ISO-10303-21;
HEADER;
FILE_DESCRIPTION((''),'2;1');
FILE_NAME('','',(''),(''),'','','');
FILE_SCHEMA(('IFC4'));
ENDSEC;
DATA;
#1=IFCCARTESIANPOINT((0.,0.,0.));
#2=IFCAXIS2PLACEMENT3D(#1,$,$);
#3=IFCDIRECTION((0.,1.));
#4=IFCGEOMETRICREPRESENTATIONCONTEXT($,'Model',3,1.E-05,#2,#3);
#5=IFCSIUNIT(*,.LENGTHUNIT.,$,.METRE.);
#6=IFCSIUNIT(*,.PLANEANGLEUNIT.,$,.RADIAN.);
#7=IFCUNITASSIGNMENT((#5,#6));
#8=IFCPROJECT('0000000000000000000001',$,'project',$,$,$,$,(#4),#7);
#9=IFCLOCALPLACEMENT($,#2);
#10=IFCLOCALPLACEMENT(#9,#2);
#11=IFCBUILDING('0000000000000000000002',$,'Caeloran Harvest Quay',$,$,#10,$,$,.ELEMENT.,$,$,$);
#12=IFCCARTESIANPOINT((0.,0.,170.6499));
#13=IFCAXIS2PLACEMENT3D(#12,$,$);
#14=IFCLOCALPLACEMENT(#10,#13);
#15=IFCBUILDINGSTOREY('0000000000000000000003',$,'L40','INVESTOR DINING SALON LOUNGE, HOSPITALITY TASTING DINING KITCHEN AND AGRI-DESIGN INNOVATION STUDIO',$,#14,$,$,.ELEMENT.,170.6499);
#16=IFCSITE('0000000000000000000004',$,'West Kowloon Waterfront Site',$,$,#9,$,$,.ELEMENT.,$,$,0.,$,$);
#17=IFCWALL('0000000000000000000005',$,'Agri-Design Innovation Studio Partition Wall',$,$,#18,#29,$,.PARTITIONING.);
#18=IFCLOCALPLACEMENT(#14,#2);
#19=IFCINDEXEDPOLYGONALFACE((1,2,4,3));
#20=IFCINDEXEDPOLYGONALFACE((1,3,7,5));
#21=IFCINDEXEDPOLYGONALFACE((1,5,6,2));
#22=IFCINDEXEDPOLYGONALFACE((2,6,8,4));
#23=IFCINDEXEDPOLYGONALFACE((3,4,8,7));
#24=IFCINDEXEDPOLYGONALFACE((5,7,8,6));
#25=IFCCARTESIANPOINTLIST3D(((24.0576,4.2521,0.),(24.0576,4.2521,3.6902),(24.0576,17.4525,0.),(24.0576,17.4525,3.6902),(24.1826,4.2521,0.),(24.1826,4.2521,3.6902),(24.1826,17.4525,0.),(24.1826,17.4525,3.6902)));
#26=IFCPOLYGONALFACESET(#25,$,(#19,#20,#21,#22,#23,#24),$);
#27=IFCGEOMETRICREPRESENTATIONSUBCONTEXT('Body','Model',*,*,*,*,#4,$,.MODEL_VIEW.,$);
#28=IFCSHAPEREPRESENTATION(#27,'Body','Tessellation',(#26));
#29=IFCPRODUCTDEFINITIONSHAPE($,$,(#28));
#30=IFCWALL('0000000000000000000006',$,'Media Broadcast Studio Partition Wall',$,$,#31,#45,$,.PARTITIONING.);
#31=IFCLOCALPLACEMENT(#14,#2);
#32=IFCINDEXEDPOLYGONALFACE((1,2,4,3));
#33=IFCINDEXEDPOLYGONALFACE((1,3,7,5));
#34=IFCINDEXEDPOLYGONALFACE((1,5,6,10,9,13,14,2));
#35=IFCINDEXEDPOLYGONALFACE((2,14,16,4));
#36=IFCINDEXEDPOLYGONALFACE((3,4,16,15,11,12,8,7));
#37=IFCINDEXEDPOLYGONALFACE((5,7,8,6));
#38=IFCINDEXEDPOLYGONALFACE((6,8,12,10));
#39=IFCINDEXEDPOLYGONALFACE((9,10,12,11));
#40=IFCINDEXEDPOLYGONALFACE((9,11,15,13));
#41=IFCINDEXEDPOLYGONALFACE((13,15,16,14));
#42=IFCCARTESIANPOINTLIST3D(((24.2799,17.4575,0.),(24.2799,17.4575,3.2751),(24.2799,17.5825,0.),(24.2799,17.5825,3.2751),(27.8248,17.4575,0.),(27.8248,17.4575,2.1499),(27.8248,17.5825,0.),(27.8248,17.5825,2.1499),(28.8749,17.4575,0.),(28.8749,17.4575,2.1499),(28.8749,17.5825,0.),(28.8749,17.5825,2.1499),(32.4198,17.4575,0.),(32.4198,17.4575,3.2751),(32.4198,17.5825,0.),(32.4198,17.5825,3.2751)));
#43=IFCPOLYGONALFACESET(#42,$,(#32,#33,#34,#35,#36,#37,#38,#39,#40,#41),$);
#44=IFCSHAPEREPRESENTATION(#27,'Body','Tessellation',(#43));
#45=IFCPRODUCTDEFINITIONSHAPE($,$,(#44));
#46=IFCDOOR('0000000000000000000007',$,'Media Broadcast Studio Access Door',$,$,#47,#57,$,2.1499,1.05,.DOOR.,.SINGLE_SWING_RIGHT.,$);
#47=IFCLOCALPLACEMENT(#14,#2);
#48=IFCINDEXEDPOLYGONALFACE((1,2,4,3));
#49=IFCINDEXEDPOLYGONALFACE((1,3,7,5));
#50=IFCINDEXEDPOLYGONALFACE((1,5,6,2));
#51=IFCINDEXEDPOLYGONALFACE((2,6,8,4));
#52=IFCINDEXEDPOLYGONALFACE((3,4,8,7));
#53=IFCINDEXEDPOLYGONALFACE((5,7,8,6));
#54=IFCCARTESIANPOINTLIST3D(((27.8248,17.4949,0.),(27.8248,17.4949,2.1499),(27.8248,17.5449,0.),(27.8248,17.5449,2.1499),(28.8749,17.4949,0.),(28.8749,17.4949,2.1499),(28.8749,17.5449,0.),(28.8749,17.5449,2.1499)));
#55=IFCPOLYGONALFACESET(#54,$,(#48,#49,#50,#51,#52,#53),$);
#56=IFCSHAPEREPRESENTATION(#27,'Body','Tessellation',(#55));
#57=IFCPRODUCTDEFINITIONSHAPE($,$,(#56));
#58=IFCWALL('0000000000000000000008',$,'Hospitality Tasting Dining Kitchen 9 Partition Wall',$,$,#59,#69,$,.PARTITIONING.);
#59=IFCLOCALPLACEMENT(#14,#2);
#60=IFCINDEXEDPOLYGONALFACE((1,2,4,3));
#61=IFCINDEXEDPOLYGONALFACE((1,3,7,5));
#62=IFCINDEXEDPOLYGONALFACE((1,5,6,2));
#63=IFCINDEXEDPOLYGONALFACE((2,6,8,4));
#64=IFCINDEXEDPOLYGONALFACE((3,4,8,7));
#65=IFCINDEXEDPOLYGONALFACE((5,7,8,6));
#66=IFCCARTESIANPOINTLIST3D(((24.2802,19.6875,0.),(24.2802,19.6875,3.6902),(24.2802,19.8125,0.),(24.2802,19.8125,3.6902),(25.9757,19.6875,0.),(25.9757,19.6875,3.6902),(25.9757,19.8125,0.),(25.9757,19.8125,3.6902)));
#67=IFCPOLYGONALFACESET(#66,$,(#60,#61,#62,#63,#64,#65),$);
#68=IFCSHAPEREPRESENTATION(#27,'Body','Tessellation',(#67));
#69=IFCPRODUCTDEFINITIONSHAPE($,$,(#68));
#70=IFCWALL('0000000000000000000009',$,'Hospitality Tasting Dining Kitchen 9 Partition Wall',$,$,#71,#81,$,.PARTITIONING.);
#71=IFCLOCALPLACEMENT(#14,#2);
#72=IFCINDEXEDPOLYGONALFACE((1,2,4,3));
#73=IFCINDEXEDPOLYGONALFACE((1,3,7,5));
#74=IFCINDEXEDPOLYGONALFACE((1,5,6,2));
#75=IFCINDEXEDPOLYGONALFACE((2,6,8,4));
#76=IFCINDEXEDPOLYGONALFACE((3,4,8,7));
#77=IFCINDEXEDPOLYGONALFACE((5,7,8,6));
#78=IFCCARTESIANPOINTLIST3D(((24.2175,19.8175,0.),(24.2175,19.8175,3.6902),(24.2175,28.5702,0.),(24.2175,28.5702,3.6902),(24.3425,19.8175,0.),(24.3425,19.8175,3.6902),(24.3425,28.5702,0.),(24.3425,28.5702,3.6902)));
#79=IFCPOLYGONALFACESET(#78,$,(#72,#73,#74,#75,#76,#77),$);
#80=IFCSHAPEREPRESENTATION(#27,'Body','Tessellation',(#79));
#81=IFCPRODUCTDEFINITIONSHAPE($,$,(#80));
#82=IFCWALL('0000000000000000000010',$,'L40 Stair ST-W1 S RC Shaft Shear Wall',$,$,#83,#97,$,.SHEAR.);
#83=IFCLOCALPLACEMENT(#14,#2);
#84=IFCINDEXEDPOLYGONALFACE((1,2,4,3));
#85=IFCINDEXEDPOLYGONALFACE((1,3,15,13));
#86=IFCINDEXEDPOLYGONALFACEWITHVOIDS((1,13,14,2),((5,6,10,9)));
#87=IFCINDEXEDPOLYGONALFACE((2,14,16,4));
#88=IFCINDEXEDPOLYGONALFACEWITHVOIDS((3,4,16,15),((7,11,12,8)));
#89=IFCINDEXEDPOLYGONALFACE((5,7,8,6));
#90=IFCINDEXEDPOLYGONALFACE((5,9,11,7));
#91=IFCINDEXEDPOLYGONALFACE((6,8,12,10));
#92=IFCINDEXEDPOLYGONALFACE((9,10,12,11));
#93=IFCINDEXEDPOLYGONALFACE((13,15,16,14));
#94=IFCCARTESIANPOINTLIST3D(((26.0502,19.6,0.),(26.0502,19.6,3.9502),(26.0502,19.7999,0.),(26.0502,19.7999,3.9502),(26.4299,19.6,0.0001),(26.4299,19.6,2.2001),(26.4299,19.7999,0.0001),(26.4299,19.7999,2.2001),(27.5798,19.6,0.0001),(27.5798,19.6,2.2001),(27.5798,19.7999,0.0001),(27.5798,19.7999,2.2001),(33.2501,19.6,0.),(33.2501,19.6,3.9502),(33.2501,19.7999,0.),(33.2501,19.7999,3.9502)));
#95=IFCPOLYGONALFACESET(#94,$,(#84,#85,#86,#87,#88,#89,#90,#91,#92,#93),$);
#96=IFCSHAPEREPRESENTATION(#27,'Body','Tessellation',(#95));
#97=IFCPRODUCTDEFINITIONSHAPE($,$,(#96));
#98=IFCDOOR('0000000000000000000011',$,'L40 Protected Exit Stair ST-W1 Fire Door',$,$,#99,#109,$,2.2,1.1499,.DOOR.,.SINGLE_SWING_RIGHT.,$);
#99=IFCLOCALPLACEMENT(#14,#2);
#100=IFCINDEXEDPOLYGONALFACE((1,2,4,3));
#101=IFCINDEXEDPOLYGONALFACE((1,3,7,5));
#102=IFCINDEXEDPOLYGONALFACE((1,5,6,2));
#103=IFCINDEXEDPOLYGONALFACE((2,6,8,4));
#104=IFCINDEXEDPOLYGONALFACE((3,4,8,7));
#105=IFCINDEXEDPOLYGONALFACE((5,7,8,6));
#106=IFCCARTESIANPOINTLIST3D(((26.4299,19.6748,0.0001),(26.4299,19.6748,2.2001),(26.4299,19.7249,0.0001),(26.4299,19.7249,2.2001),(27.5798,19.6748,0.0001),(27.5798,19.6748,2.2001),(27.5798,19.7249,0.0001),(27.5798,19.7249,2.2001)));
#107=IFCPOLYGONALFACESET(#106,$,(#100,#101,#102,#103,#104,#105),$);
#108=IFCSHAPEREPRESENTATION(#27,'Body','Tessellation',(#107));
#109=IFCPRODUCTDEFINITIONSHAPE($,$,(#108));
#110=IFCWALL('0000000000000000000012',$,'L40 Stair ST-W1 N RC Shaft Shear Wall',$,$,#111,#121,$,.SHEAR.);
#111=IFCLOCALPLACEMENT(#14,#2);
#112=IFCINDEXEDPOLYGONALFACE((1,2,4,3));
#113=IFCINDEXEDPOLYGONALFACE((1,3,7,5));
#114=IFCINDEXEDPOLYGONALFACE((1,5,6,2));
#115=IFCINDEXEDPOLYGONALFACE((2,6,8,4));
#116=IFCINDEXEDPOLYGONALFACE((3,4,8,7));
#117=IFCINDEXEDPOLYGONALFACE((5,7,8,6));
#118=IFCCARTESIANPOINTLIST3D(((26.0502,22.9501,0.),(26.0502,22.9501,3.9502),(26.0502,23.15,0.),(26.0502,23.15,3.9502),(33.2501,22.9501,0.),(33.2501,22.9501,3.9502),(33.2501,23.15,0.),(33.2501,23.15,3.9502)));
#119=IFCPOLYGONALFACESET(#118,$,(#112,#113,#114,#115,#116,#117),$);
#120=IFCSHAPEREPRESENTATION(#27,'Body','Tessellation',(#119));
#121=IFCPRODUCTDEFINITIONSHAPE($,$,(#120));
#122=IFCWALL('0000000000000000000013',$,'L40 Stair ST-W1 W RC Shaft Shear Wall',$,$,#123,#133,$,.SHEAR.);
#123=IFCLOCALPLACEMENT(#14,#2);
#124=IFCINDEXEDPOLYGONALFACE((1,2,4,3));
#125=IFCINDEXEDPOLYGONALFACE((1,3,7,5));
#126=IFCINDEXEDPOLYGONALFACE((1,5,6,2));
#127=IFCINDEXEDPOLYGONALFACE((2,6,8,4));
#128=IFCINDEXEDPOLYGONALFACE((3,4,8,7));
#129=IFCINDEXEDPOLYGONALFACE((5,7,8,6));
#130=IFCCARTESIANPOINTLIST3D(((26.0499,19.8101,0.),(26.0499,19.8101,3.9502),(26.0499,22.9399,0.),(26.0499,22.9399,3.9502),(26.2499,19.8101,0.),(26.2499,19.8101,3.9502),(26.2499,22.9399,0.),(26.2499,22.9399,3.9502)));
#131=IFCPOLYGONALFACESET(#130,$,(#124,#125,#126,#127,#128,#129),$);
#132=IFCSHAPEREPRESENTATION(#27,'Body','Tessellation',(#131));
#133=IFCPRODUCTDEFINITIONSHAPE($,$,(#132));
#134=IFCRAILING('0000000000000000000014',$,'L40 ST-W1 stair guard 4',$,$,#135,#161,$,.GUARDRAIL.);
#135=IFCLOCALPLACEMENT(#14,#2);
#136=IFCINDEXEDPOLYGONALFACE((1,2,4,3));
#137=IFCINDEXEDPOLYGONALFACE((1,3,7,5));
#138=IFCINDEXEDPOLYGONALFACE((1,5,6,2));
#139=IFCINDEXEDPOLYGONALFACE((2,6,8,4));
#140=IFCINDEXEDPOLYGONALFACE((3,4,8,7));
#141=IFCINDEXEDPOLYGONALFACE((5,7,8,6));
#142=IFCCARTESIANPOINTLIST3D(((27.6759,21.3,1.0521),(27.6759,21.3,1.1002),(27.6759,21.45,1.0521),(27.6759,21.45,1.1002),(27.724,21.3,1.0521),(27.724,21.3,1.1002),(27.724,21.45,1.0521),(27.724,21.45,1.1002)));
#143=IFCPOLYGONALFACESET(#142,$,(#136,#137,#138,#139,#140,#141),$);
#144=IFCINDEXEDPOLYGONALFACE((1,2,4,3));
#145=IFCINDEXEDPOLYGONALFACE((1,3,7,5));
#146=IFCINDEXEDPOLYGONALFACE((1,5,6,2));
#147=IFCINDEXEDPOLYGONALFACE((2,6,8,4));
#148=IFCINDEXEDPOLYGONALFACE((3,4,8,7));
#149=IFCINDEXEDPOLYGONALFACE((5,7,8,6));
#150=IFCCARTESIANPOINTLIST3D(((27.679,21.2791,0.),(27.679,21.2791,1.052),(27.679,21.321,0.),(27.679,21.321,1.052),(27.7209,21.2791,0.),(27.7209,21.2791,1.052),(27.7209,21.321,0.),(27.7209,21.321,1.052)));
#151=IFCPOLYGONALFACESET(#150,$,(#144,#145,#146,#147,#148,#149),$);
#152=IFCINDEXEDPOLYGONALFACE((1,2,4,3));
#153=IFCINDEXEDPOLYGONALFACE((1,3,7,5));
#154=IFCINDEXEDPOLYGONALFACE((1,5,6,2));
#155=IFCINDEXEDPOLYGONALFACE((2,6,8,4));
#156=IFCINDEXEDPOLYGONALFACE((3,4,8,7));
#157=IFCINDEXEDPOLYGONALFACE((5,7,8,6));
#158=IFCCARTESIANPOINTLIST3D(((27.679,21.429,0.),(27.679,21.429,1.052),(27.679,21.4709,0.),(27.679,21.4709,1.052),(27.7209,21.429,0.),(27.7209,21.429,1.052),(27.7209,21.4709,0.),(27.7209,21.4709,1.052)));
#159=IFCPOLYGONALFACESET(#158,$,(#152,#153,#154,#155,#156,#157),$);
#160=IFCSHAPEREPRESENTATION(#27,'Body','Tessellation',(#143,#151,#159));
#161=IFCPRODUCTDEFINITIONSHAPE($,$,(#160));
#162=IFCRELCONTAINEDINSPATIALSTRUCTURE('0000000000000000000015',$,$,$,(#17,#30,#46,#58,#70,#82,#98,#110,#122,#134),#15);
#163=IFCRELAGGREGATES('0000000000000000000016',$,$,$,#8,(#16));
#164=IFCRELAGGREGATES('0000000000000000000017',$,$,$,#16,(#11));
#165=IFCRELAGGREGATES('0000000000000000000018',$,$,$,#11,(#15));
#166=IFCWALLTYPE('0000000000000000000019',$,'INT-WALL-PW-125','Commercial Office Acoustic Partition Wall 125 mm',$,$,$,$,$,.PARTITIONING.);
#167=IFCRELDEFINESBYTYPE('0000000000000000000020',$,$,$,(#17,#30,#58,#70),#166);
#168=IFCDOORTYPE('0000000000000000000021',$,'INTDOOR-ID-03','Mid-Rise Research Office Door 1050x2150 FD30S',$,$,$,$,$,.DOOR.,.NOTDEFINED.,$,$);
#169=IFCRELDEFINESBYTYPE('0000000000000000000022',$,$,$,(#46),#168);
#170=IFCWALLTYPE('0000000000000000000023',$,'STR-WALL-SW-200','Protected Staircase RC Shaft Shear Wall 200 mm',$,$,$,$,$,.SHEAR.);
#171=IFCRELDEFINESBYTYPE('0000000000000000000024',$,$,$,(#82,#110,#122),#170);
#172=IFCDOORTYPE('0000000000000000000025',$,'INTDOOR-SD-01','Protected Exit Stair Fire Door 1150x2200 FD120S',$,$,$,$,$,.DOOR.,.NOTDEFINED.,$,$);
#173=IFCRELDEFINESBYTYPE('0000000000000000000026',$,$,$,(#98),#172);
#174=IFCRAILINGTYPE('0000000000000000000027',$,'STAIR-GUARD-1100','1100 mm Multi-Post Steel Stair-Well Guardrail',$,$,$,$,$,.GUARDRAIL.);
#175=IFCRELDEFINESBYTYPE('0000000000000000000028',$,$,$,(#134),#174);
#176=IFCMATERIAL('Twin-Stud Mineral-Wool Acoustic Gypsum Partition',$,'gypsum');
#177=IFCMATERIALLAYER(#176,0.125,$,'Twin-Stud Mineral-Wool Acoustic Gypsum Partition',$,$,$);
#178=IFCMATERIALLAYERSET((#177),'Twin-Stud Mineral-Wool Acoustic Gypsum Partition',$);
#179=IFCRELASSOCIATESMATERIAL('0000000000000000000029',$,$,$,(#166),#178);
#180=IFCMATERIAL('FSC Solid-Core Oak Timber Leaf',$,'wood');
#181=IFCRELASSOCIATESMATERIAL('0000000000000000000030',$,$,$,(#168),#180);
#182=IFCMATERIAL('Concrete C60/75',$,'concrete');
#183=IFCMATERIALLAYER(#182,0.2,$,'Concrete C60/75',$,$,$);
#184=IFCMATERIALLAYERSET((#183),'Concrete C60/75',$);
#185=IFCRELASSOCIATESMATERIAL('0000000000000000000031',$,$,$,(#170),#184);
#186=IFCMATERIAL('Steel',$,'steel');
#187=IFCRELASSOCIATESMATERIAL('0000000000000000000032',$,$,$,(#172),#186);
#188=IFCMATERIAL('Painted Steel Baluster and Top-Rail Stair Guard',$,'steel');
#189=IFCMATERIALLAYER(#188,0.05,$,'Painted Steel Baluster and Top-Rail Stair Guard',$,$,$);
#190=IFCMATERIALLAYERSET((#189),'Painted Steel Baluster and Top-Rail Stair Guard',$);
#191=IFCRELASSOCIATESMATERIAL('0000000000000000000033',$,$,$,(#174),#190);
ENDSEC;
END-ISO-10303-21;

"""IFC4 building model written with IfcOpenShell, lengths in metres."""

from ifc_helpers import new_model, si_unit, direction, frame, frame_2d, origin, origin_2d, place, context, subcontext, project, spatial, rectangle, extrude, material, layer, layer_set, type_object, element, fill, save


model = new_model("IFC4")

# Units and contexts
model_context = context("Model", 3, precision=1e-05, world=origin(), true_north=direction((0.0, 1.0)))
body_context = subcontext(model_context, "Body", "Model", "MODEL_VIEW")
ifc_project = project(units=[si_unit("LENGTHUNIT", "METRE"), si_unit("PLANEANGLEUNIT", "RADIAN")], contexts=[model_context])

# Site, building, storey
site_placement = place(None, origin())
site = spatial("IfcSite", under=ifc_project, at=site_placement, Name="West Kowloon Waterfront Site", CompositionType="ELEMENT", RefElevation=0.0)
building_placement = place(site_placement, origin())
building = spatial("IfcBuilding", under=site, at=building_placement, Name="Caeloran Harvest Quay", CompositionType="ELEMENT")
storey_placement = place(building_placement, frame((0.0, 0.0, 170.6499)))
storey = spatial("IfcBuildingStorey", under=building, at=storey_placement, Name="L40", Description="INVESTOR DINING SALON LOUNGE, HOSPITALITY TASTING DINING KITCHEN AND AGRI-DESIGN INNOVATION STUDIO", CompositionType="ELEMENT", Elevation=170.6499)

# Wall
ifc_material_1 = material(Name="Twin-Stud Mineral-Wool Acoustic Gypsum Partition", Category="gypsum")
ifc_layer_1 = layer(ifc_material_1, 0.125, Name="Twin-Stud Mineral-Wool Acoustic Gypsum Partition")
ifc_layer_set_1 = layer_set([ifc_layer_1], Name="Twin-Stud Mineral-Wool Acoustic Gypsum Partition")
wall_type_1 = type_object("IfcWallType", Name="INT-WALL-PW-125", Description="Commercial Office Acoustic Partition Wall 125 mm", PredefinedType="PARTITIONING", material=ifc_layer_set_1)
wall_1_placement = place(storey_placement, frame((24.1201, 17.4524, 0.0), z_axis=(0.0, 0.0, 1.0), x_axis=(0.0, -1.0, 0.0)))
element("IfcWall", 1, at=wall_1_placement, inside=storey, type_object=wall_type_1, Name="Agri-Design Innovation Studio Partition Wall", PredefinedType="PARTITIONING", context=body_context, shape_type="SweptSolid", body=[
    extrude(rectangle(XDim=13.2004, YDim=0.125, at=frame_2d((6.6001, 0.0))), origin(), (0.0, 0.0, 1.0), 3.6902),
])

# Wall, opening, door
wall_2_placement = place(storey_placement, frame((24.28, 17.52, 0.0), z_axis=(0.0, 0.0, 1.0), x_axis=(1.0, 0.0, 0.0)))
wall_2 = element("IfcWall", 2, at=wall_2_placement, inside=storey, type_object=wall_type_1, Name="Media Broadcast Studio Partition Wall", PredefinedType="PARTITIONING", context=body_context, shape_type="SweptSolid", body=[
    extrude(rectangle(XDim=8.1399, YDim=0.125, at=frame_2d((4.0698, 0.0))), origin(), (0.0, 0.0, 1.0), 3.2751),
])
opening_1_placement = place(wall_2_placement, frame((3.5449, 0.0, 0.0)))
opening_1 = element("IfcOpeningElement", 3, at=opening_1_placement, cuts=wall_2, PredefinedType="OPENING", context=body_context, shape_type="SweptSolid", body=[
    extrude(rectangle(XDim=1.05, YDim=2.1499, at=frame_2d((0.5249, 1.075))), frame((0.0, 0.0725, 0.0), z_axis=(0.0, -1.0, 0.0), x_axis=(1.0, 0.0, 0.0)), (0.0, 0.0, 1.0), 0.145),
])
ifc_material_2 = material(Name="FSC Solid-Core Oak Timber Leaf", Category="wood")
door_type_1 = type_object("IfcDoorType", Name="INTDOOR-ID-03", Description="Mid-Rise Research Office Door 1050x2150 FD30S", OperationType="NOTDEFINED", PredefinedType="DOOR", material=ifc_material_2)
door_1_placement = place(opening_1_placement, origin())
door_1 = element("IfcDoor", 4, at=door_1_placement, inside=storey, type_object=door_type_1, Name="Media Broadcast Studio Access Door", OperationType="SINGLE_SWING_RIGHT", OverallHeight=2.1499, OverallWidth=1.05, PredefinedType="DOOR", context=body_context, shape_type="SweptSolid", body=[
    extrude(rectangle(XDim=1.05, YDim=2.1499, at=frame_2d((0.5249, 1.075))), frame((0.0, 0.0249, 0.0), z_axis=(0.0, -1.0, 0.0), x_axis=(1.0, 0.0, 0.0)), (0.0, 0.0, 1.0), 0.05),
])
fill(opening_1, door_1)

# Walls
wall_3_placement = place(storey_placement, frame((25.9756, 19.75, 0.0), z_axis=(0.0, 0.0, 1.0), x_axis=(-1.0, 0.0, 0.0)))
element("IfcWall", 5, at=wall_3_placement, inside=storey, type_object=wall_type_1, Name="Hospitality Tasting Dining Kitchen 9 Partition Wall", PredefinedType="PARTITIONING", context=body_context, shape_type="SweptSolid", body=[
    extrude(rectangle(XDim=1.6956, YDim=0.125, at=frame_2d((0.8477, 0.0))), origin(), (0.0, 0.0, 1.0), 3.6902),
])
wall_4_placement = place(storey_placement, frame((24.28, 19.8174, 0.0), z_axis=(0.0, 0.0, 1.0), x_axis=(0.0, 1.0, 0.0)))
element("IfcWall", 6, at=wall_4_placement, inside=storey, type_object=wall_type_1, Name="Hospitality Tasting Dining Kitchen 9 Partition Wall", PredefinedType="PARTITIONING", context=body_context, shape_type="SweptSolid", body=[
    extrude(rectangle(XDim=8.7527, YDim=0.125, at=frame_2d((4.3765, 0.0))), origin(), (0.0, 0.0, 1.0), 3.6902),
])

# Wall, opening, door
ifc_material_3 = material(Name="Concrete C60/75", Category="concrete")
ifc_layer_2 = layer(ifc_material_3, 0.2, Name="Concrete C60/75")
ifc_layer_set_2 = layer_set([ifc_layer_2], Name="Concrete C60/75")
wall_type_2 = type_object("IfcWallType", Name="STR-WALL-SW-200", Description="Protected Staircase RC Shaft Shear Wall 200 mm", PredefinedType="SHEAR", material=ifc_layer_set_2)
wall_5_placement = place(storey_placement, frame((26.05, 19.7, 0.0), z_axis=(0.0, 0.0, 1.0), x_axis=(1.0, 0.0, 0.0)))
wall_5 = element("IfcWall", 7, at=wall_5_placement, inside=storey, type_object=wall_type_2, Name="L40 Stair ST-W1 S RC Shaft Shear Wall", PredefinedType="SHEAR", context=body_context, shape_type="SweptSolid", body=[
    extrude(rectangle(XDim=7.2, YDim=0.2, at=frame_2d((3.6001, 0.0))), origin(), (0.0, 0.0, 1.0), 3.9502),
])
opening_2_placement = place(wall_5_placement, frame((0.3799, 0.0, 0.0)))
opening_2 = element("IfcOpeningElement", 8, at=opening_2_placement, cuts=wall_5, PredefinedType="OPENING", context=body_context, shape_type="SweptSolid", body=[
    extrude(rectangle(XDim=1.1499, YDim=2.2, at=frame_2d((0.575, 1.1001))), frame((0.0, 0.1099, 0.0), z_axis=(0.0, -1.0, 0.0), x_axis=(1.0, 0.0, 0.0)), (0.0, 0.0, 1.0), 0.22),
])
ifc_material_4 = material(Name="Steel", Category="steel")
door_type_2 = type_object("IfcDoorType", Name="INTDOOR-SD-01", Description="Protected Exit Stair Fire Door 1150x2200 FD120S", OperationType="NOTDEFINED", PredefinedType="DOOR", material=ifc_material_4)
door_2_placement = place(opening_2_placement, origin())
door_2 = element("IfcDoor", 9, at=door_2_placement, inside=storey, type_object=door_type_2, Name="L40 Protected Exit Stair ST-W1 Fire Door", OperationType="SINGLE_SWING_RIGHT", OverallHeight=2.2, OverallWidth=1.1499, PredefinedType="DOOR", context=body_context, shape_type="SweptSolid", body=[
    extrude(rectangle(XDim=1.1499, YDim=2.2, at=frame_2d((0.575, 1.1001))), frame((0.0, 0.0249, 0.0), z_axis=(0.0, -1.0, 0.0), x_axis=(1.0, 0.0, 0.0)), (0.0, 0.0, 1.0), 0.05),
])
fill(opening_2, door_2)

# Walls
wall_6_placement = place(storey_placement, frame((26.05, 23.05, 0.0), z_axis=(0.0, 0.0, 1.0), x_axis=(1.0, 0.0, 0.0)))
element("IfcWall", 10, at=wall_6_placement, inside=storey, type_object=wall_type_2, Name="L40 Stair ST-W1 N RC Shaft Shear Wall", PredefinedType="SHEAR", context=body_context, shape_type="SweptSolid", body=[
    extrude(rectangle(XDim=7.2, YDim=0.2, at=frame_2d((3.6001, 0.0))), origin(), (0.0, 0.0, 1.0), 3.9502),
])
wall_7_placement = place(storey_placement, frame((26.1499, 19.8101, 0.0), z_axis=(0.0, 0.0, 1.0), x_axis=(0.0, 1.0, 0.0)))
element("IfcWall", 11, at=wall_7_placement, inside=storey, type_object=wall_type_2, Name="L40 Stair ST-W1 W RC Shaft Shear Wall", PredefinedType="SHEAR", context=body_context, shape_type="SweptSolid", body=[
    extrude(rectangle(XDim=3.1299, YDim=0.2, at=frame_2d((1.5649, 0.0))), origin(), (0.0, 0.0, 1.0), 3.9502),
])

# Railing
ifc_material_5 = material(Name="Painted Steel Baluster and Top-Rail Stair Guard", Category="steel")
ifc_layer_3 = layer(ifc_material_5, 0.05, Name="Painted Steel Baluster and Top-Rail Stair Guard")
ifc_layer_set_3 = layer_set([ifc_layer_3], Name="Painted Steel Baluster and Top-Rail Stair Guard")
railing_type_1 = type_object("IfcRailingType", Name="STAIR-GUARD-1100", Description="1100 mm Multi-Post Steel Stair-Well Guardrail", PredefinedType="GUARDRAIL", material=ifc_layer_set_3)
railing_1_placement = place(storey_placement, frame((27.7, 21.3, 0.0)))
element("IfcRailing", 12, at=railing_1_placement, inside=storey, type_object=railing_type_1, Name="L40 ST-W1 stair guard 4", PredefinedType="GUARDRAIL", context=body_context, shape_type="SweptSolid", body=[
    extrude(rectangle(XDim=0.0481, YDim=0.0481, at=origin_2d()), frame((0.0, 0.0, 1.0762), z_axis=(0.0, 1.0, 0.0), x_axis=(-1.0, 0.0, 0.0)), (0.0, 0.0, 1.0), 0.1499),
    extrude(rectangle(XDim=0.042, YDim=0.042, at=origin_2d()), origin(), (0.0, 0.0, 1.0), 1.052),
    extrude(rectangle(XDim=0.042, YDim=0.042, at=origin_2d()), frame((0.0, 0.1499, 0.0)), (0.0, 0.0, 1.0), 1.052),
])

save(model, "model.ifc")
